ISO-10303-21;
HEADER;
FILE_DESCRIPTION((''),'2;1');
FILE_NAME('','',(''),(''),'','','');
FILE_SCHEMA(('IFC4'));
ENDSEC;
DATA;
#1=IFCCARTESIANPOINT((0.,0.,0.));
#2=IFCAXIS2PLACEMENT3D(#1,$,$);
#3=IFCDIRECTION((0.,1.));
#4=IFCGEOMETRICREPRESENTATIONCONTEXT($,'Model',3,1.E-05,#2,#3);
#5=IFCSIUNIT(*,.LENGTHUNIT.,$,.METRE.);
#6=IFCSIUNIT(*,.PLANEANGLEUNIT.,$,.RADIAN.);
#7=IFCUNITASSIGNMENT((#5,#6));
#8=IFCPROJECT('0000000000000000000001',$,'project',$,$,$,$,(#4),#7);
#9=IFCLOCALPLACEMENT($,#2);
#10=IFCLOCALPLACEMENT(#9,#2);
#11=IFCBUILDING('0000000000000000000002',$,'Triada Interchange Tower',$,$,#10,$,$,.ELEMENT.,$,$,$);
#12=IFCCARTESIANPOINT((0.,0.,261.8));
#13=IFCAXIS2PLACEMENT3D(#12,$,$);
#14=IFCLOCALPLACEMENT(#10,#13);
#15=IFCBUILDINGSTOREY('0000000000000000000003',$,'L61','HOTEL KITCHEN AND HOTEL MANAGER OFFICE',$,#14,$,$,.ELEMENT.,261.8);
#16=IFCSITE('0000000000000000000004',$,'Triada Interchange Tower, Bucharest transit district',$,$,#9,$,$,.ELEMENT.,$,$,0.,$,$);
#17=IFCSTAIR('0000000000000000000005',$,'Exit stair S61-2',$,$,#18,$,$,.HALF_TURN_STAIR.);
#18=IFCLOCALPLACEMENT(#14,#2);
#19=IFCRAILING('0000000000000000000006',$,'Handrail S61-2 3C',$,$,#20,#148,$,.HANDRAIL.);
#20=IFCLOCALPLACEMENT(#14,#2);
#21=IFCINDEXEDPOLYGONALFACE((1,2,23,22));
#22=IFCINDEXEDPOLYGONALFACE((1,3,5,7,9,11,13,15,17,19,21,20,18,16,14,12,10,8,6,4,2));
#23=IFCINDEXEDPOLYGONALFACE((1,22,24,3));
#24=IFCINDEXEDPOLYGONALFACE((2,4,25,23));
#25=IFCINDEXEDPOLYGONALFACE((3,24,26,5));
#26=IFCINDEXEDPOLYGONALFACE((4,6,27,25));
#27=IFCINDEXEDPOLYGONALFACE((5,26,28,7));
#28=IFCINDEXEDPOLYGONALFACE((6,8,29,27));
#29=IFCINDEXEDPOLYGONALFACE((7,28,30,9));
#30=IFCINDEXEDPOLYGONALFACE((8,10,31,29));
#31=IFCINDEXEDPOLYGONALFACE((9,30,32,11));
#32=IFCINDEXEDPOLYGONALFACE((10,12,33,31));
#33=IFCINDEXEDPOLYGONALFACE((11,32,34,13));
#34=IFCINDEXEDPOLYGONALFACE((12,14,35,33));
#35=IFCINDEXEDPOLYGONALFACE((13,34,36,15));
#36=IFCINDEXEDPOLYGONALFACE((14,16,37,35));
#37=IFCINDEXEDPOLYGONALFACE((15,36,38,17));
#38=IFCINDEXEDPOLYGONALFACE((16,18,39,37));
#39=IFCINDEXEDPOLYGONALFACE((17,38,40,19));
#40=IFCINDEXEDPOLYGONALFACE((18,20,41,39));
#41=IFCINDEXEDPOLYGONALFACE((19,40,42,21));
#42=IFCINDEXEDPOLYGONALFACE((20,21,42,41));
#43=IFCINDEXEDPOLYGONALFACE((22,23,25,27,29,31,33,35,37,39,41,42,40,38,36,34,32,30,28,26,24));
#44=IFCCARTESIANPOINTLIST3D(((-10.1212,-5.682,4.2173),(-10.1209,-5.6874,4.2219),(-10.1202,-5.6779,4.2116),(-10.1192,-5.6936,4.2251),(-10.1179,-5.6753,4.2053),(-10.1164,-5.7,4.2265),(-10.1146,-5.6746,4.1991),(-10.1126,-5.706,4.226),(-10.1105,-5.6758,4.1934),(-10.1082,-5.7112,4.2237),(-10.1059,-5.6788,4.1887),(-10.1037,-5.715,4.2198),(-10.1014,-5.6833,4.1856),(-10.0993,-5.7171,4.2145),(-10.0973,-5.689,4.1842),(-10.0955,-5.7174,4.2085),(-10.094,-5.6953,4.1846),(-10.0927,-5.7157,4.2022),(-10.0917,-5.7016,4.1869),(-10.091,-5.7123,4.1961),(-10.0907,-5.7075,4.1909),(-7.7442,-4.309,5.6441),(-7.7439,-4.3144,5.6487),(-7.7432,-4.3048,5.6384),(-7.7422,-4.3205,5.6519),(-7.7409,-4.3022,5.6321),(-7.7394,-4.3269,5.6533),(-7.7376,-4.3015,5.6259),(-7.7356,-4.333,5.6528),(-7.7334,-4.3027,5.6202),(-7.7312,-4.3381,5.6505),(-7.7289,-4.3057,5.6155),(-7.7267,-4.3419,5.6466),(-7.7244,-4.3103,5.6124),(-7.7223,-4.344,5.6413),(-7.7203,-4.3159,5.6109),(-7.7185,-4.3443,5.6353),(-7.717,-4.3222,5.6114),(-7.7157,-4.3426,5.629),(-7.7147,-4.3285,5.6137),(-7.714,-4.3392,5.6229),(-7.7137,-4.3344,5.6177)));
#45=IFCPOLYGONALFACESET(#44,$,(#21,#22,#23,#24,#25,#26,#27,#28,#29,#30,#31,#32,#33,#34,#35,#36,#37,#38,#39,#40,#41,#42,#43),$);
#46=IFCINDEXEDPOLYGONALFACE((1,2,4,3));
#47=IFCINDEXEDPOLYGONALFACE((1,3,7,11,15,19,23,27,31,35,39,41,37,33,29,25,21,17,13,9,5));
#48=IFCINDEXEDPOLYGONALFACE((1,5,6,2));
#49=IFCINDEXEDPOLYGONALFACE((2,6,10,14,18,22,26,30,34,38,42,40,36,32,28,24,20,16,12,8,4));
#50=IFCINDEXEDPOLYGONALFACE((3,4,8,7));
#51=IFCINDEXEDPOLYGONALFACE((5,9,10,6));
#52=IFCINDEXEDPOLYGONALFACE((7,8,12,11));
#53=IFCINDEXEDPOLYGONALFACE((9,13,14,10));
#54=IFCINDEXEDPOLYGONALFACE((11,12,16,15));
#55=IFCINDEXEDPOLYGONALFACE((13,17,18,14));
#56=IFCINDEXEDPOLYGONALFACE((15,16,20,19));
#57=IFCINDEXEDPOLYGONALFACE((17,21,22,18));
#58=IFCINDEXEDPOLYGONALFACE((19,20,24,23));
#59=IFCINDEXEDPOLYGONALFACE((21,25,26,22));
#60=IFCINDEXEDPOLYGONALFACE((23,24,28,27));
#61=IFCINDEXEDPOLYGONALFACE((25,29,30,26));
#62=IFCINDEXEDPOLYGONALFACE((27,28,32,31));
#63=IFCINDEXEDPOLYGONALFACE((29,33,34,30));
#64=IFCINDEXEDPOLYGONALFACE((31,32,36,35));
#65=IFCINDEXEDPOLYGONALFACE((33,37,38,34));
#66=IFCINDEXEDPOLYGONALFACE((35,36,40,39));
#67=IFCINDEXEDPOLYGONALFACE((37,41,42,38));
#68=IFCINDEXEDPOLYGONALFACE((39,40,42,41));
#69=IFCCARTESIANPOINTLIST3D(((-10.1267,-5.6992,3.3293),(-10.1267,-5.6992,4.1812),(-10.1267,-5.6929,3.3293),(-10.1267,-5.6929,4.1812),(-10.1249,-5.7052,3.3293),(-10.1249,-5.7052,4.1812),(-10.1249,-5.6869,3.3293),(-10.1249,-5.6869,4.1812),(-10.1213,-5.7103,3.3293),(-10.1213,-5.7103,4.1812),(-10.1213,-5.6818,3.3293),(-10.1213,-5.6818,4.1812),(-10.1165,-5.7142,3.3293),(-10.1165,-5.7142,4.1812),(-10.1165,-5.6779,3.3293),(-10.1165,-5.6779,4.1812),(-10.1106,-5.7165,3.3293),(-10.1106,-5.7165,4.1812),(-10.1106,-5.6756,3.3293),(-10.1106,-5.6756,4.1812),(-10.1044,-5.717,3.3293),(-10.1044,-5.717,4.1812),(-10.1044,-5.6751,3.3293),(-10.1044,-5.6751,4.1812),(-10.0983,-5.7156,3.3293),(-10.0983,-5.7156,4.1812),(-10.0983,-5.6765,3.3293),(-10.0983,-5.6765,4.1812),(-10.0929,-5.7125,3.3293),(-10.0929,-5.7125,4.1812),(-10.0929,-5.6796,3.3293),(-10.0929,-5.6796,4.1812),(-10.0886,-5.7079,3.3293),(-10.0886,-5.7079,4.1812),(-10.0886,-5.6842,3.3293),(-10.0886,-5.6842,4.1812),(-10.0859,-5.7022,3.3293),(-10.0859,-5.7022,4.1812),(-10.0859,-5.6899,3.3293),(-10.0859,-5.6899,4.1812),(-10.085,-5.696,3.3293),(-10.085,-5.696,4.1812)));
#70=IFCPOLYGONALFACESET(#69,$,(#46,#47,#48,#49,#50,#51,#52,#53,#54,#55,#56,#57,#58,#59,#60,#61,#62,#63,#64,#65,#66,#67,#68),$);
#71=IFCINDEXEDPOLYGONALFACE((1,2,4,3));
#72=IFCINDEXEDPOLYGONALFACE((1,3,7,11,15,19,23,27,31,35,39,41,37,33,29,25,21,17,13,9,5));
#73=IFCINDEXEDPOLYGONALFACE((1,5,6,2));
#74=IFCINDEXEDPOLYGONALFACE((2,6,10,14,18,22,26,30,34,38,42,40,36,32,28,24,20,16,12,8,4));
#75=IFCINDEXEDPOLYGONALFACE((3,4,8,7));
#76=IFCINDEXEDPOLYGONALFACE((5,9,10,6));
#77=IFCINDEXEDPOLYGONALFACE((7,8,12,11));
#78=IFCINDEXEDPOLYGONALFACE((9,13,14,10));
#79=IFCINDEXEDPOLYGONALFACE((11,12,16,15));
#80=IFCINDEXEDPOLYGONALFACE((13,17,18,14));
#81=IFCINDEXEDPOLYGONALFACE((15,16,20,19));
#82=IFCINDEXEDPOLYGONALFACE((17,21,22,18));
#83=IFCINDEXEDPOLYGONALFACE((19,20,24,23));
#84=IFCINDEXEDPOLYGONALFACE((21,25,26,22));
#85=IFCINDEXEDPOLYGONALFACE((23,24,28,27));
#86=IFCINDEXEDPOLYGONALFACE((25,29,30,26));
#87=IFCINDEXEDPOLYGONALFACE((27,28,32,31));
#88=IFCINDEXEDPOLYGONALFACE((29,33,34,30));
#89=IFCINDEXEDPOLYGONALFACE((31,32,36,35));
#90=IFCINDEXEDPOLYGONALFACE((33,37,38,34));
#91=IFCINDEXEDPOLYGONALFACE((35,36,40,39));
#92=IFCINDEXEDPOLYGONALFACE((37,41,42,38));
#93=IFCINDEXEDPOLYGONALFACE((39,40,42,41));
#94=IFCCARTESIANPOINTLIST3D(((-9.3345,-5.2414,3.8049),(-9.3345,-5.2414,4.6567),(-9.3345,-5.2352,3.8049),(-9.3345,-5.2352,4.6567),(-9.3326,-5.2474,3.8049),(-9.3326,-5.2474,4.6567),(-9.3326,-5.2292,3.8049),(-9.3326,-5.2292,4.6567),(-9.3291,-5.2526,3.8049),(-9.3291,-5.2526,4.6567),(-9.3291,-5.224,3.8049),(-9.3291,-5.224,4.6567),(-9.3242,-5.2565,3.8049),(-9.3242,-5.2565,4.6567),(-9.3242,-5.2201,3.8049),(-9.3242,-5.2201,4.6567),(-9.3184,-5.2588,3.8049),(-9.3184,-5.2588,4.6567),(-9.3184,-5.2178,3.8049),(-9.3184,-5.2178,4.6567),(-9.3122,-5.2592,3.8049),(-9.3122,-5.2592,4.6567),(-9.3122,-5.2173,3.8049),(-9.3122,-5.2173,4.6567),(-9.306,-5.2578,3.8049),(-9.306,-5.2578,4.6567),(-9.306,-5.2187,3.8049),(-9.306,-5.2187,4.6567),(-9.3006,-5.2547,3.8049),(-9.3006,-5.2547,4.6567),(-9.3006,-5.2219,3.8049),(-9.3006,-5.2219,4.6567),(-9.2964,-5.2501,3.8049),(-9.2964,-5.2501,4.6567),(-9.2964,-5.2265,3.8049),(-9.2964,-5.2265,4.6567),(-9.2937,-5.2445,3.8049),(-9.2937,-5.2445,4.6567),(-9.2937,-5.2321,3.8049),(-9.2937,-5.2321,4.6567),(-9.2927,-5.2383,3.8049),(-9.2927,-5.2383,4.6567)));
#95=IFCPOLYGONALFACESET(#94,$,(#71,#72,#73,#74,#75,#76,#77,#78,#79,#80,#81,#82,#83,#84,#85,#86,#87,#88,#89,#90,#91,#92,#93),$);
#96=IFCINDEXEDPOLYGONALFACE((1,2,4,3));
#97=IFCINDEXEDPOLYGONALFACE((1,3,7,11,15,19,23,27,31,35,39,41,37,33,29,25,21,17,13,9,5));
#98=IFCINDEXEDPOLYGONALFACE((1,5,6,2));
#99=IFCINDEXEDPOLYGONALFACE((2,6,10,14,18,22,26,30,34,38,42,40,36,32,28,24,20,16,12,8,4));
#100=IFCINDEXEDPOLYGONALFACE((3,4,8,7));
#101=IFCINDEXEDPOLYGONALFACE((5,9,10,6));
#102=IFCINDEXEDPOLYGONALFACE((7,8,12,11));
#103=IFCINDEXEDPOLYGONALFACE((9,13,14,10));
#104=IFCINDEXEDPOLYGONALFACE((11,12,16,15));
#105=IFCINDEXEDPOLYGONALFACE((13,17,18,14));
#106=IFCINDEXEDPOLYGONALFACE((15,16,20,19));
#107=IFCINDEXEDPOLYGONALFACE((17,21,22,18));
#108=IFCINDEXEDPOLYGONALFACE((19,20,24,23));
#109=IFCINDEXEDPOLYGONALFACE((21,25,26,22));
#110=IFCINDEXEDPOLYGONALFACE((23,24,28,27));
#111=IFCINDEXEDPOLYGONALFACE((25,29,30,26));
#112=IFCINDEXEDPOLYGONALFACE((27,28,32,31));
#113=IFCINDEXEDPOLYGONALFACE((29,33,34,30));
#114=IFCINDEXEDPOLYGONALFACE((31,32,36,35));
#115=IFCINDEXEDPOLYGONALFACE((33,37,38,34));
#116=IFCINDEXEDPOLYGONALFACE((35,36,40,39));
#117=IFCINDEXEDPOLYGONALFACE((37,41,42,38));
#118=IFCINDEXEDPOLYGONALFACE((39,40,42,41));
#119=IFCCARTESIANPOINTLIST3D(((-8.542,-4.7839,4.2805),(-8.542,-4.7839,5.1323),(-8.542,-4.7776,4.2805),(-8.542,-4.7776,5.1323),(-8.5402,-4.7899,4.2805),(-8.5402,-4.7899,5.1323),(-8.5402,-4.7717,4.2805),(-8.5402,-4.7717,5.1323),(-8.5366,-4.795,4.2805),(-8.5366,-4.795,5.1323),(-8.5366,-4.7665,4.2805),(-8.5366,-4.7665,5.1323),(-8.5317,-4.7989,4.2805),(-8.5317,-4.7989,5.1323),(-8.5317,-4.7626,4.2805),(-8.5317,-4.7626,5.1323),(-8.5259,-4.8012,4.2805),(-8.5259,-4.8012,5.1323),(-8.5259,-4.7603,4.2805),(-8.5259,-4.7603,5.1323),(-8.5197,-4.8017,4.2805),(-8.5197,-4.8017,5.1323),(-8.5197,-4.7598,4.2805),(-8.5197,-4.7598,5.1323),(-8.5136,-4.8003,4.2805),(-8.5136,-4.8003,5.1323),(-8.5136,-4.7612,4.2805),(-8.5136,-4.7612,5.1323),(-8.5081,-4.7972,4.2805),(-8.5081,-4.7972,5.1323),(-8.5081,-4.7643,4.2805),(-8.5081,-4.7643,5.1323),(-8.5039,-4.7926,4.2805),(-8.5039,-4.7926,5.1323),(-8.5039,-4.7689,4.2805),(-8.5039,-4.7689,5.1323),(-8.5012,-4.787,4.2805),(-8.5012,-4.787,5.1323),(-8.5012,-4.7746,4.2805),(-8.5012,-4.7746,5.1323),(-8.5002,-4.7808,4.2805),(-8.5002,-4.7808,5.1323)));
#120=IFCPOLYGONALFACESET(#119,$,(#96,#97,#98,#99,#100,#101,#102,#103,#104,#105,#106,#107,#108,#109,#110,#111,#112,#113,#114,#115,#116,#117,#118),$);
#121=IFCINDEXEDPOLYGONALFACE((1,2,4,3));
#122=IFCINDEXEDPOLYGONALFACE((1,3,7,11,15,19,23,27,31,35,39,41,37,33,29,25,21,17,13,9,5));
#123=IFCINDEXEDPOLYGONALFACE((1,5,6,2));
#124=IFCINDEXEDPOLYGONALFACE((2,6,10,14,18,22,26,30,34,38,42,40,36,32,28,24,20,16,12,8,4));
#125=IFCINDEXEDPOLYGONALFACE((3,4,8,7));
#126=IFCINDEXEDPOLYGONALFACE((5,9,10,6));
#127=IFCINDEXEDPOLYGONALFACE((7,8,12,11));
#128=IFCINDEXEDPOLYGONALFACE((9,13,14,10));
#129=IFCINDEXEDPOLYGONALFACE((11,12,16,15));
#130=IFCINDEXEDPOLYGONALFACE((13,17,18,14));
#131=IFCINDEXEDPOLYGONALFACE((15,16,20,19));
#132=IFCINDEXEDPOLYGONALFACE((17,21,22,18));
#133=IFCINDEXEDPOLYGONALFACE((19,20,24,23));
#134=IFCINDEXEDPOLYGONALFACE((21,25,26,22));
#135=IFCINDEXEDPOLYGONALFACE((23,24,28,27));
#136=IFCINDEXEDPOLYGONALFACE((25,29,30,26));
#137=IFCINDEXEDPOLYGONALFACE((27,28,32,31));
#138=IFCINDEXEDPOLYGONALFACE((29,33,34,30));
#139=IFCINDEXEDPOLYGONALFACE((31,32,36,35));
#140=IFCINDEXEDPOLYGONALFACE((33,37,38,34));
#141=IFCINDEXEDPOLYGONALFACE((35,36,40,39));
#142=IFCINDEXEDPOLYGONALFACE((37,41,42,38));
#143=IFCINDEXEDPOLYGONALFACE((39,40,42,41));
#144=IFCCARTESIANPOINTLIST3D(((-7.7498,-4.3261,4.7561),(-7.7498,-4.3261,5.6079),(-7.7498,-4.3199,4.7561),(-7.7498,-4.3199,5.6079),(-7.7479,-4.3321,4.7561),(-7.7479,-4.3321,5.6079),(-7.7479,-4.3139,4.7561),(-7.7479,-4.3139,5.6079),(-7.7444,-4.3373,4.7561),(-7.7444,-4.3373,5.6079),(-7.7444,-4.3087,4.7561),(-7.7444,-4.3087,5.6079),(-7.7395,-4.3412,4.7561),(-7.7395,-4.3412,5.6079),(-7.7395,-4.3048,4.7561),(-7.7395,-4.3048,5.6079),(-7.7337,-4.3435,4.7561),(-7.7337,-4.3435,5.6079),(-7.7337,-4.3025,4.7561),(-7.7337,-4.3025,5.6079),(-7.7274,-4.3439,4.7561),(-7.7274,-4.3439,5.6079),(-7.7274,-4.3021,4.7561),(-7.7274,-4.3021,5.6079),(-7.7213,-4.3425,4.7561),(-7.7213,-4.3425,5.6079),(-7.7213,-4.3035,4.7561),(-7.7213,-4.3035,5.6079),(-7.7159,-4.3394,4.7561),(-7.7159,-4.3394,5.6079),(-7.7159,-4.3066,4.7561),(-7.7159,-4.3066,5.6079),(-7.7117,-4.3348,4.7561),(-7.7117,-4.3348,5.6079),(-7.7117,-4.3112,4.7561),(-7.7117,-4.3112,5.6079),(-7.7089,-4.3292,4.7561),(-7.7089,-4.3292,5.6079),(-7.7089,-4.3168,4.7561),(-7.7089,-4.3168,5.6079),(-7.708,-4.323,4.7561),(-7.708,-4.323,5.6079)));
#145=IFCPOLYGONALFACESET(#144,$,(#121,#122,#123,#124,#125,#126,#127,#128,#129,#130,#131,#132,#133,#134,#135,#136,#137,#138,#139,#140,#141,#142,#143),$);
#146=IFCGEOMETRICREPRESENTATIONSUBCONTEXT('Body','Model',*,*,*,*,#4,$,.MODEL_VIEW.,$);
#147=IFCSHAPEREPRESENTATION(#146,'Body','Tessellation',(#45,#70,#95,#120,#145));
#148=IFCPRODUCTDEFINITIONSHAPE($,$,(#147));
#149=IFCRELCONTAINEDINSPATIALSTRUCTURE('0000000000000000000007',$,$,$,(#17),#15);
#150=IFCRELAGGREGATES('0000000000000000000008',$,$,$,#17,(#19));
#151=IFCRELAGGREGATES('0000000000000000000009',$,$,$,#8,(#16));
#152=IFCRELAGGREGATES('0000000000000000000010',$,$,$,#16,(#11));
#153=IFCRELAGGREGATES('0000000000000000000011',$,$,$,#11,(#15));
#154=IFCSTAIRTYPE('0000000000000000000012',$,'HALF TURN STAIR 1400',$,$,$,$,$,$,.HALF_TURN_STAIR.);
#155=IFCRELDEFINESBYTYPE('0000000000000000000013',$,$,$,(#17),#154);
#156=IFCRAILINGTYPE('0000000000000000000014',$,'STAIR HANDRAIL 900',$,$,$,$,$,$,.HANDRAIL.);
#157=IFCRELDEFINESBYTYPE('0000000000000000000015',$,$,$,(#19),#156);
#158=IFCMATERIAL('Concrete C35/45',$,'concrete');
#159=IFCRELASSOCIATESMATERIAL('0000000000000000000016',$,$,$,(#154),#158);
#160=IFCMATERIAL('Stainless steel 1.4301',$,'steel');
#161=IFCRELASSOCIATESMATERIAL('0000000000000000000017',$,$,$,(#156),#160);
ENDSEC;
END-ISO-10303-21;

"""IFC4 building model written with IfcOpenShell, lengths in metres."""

from ifc_helpers import new_model, si_unit, direction, frame, origin, origin_2d, place, context, subcontext, project, spatial, circle, extrude, material, type_object, element, aggregate, save


model = new_model("IFC4")

# Units and contexts
model_context = context("Model", 3, precision=1e-05, world=origin(), true_north=direction((0.0, 1.0)))
body_context = subcontext(model_context, "Body", "Model", "MODEL_VIEW")
ifc_project = project(units=[si_unit("LENGTHUNIT", "METRE"), si_unit("PLANEANGLEUNIT", "RADIAN")], contexts=[model_context])

# Site, building, storey
site_placement = place(None, origin())
site = spatial("IfcSite", under=ifc_project, at=site_placement, Name="Triada Interchange Tower, Bucharest transit district", CompositionType="ELEMENT", RefElevation=0.0)
building_placement = place(site_placement, origin())
building = spatial("IfcBuilding", under=site, at=building_placement, Name="Triada Interchange Tower", CompositionType="ELEMENT")
storey_placement = place(building_placement, frame((0.0, 0.0, 261.8)))
storey = spatial("IfcBuildingStorey", under=building, at=storey_placement, Name="L61", Description="HOTEL KITCHEN AND HOTEL MANAGER OFFICE", CompositionType="ELEMENT", Elevation=261.8)

# Shared definitions
ifc_material_1 = material(Name="Concrete C35/45", Category="concrete")

# Stair, railing
stair_type = type_object("IfcStairType", Name="HALF TURN STAIR 1400", PredefinedType="HALF_TURN_STAIR", material=ifc_material_1)
stair_placement = place(storey_placement, origin())
stair = element("IfcStair", 1, at=stair_placement, inside=storey, type_object=stair_type, Name="Exit stair S61-2", PredefinedType="HALF_TURN_STAIR")
ifc_material_2 = material(Name="Stainless steel 1.4301", Category="steel")
railing_type_1 = type_object("IfcRailingType", Name="STAIR HANDRAIL 900", PredefinedType="HANDRAIL", material=ifc_material_2)
railing_1_placement = place(storey_placement, frame((-10.106, -5.696, 3.3293)))
railing_1 = element("IfcRailing", 2, at=railing_1_placement, type_object=railing_type_1, Name="Handrail S61-2 3C", PredefinedType="HANDRAIL", context=body_context, shape_type="SweptSolid", body=[
    extrude(circle(Radius=0.0239, at=origin_2d()), frame((0.0, 0.0, 0.876), z_axis=(0.768328, 0.443824, 0.461186), x_axis=(-0.500195, 0.865913, 0.0)), (0.0, 0.0, 1.0), 3.0938),
    extrude(circle(Radius=0.021, at=origin_2d()), origin(), (0.0, 0.0, 1.0), 0.8518),
    extrude(circle(Radius=0.021, at=origin_2d()), frame((0.7922, 0.4578, 0.4756)), (0.0, 0.0, 1.0), 0.8518),
    extrude(circle(Radius=0.021, at=origin_2d()), frame((1.5847, 0.9153, 0.9512)), (0.0, 0.0, 1.0), 0.8518),
    extrude(circle(Radius=0.021, at=origin_2d()), frame((2.377, 1.373, 1.4268)), (0.0, 0.0, 1.0), 0.8518),
])
aggregate(stair, [railing_1])

save(model, "model.ifc")
